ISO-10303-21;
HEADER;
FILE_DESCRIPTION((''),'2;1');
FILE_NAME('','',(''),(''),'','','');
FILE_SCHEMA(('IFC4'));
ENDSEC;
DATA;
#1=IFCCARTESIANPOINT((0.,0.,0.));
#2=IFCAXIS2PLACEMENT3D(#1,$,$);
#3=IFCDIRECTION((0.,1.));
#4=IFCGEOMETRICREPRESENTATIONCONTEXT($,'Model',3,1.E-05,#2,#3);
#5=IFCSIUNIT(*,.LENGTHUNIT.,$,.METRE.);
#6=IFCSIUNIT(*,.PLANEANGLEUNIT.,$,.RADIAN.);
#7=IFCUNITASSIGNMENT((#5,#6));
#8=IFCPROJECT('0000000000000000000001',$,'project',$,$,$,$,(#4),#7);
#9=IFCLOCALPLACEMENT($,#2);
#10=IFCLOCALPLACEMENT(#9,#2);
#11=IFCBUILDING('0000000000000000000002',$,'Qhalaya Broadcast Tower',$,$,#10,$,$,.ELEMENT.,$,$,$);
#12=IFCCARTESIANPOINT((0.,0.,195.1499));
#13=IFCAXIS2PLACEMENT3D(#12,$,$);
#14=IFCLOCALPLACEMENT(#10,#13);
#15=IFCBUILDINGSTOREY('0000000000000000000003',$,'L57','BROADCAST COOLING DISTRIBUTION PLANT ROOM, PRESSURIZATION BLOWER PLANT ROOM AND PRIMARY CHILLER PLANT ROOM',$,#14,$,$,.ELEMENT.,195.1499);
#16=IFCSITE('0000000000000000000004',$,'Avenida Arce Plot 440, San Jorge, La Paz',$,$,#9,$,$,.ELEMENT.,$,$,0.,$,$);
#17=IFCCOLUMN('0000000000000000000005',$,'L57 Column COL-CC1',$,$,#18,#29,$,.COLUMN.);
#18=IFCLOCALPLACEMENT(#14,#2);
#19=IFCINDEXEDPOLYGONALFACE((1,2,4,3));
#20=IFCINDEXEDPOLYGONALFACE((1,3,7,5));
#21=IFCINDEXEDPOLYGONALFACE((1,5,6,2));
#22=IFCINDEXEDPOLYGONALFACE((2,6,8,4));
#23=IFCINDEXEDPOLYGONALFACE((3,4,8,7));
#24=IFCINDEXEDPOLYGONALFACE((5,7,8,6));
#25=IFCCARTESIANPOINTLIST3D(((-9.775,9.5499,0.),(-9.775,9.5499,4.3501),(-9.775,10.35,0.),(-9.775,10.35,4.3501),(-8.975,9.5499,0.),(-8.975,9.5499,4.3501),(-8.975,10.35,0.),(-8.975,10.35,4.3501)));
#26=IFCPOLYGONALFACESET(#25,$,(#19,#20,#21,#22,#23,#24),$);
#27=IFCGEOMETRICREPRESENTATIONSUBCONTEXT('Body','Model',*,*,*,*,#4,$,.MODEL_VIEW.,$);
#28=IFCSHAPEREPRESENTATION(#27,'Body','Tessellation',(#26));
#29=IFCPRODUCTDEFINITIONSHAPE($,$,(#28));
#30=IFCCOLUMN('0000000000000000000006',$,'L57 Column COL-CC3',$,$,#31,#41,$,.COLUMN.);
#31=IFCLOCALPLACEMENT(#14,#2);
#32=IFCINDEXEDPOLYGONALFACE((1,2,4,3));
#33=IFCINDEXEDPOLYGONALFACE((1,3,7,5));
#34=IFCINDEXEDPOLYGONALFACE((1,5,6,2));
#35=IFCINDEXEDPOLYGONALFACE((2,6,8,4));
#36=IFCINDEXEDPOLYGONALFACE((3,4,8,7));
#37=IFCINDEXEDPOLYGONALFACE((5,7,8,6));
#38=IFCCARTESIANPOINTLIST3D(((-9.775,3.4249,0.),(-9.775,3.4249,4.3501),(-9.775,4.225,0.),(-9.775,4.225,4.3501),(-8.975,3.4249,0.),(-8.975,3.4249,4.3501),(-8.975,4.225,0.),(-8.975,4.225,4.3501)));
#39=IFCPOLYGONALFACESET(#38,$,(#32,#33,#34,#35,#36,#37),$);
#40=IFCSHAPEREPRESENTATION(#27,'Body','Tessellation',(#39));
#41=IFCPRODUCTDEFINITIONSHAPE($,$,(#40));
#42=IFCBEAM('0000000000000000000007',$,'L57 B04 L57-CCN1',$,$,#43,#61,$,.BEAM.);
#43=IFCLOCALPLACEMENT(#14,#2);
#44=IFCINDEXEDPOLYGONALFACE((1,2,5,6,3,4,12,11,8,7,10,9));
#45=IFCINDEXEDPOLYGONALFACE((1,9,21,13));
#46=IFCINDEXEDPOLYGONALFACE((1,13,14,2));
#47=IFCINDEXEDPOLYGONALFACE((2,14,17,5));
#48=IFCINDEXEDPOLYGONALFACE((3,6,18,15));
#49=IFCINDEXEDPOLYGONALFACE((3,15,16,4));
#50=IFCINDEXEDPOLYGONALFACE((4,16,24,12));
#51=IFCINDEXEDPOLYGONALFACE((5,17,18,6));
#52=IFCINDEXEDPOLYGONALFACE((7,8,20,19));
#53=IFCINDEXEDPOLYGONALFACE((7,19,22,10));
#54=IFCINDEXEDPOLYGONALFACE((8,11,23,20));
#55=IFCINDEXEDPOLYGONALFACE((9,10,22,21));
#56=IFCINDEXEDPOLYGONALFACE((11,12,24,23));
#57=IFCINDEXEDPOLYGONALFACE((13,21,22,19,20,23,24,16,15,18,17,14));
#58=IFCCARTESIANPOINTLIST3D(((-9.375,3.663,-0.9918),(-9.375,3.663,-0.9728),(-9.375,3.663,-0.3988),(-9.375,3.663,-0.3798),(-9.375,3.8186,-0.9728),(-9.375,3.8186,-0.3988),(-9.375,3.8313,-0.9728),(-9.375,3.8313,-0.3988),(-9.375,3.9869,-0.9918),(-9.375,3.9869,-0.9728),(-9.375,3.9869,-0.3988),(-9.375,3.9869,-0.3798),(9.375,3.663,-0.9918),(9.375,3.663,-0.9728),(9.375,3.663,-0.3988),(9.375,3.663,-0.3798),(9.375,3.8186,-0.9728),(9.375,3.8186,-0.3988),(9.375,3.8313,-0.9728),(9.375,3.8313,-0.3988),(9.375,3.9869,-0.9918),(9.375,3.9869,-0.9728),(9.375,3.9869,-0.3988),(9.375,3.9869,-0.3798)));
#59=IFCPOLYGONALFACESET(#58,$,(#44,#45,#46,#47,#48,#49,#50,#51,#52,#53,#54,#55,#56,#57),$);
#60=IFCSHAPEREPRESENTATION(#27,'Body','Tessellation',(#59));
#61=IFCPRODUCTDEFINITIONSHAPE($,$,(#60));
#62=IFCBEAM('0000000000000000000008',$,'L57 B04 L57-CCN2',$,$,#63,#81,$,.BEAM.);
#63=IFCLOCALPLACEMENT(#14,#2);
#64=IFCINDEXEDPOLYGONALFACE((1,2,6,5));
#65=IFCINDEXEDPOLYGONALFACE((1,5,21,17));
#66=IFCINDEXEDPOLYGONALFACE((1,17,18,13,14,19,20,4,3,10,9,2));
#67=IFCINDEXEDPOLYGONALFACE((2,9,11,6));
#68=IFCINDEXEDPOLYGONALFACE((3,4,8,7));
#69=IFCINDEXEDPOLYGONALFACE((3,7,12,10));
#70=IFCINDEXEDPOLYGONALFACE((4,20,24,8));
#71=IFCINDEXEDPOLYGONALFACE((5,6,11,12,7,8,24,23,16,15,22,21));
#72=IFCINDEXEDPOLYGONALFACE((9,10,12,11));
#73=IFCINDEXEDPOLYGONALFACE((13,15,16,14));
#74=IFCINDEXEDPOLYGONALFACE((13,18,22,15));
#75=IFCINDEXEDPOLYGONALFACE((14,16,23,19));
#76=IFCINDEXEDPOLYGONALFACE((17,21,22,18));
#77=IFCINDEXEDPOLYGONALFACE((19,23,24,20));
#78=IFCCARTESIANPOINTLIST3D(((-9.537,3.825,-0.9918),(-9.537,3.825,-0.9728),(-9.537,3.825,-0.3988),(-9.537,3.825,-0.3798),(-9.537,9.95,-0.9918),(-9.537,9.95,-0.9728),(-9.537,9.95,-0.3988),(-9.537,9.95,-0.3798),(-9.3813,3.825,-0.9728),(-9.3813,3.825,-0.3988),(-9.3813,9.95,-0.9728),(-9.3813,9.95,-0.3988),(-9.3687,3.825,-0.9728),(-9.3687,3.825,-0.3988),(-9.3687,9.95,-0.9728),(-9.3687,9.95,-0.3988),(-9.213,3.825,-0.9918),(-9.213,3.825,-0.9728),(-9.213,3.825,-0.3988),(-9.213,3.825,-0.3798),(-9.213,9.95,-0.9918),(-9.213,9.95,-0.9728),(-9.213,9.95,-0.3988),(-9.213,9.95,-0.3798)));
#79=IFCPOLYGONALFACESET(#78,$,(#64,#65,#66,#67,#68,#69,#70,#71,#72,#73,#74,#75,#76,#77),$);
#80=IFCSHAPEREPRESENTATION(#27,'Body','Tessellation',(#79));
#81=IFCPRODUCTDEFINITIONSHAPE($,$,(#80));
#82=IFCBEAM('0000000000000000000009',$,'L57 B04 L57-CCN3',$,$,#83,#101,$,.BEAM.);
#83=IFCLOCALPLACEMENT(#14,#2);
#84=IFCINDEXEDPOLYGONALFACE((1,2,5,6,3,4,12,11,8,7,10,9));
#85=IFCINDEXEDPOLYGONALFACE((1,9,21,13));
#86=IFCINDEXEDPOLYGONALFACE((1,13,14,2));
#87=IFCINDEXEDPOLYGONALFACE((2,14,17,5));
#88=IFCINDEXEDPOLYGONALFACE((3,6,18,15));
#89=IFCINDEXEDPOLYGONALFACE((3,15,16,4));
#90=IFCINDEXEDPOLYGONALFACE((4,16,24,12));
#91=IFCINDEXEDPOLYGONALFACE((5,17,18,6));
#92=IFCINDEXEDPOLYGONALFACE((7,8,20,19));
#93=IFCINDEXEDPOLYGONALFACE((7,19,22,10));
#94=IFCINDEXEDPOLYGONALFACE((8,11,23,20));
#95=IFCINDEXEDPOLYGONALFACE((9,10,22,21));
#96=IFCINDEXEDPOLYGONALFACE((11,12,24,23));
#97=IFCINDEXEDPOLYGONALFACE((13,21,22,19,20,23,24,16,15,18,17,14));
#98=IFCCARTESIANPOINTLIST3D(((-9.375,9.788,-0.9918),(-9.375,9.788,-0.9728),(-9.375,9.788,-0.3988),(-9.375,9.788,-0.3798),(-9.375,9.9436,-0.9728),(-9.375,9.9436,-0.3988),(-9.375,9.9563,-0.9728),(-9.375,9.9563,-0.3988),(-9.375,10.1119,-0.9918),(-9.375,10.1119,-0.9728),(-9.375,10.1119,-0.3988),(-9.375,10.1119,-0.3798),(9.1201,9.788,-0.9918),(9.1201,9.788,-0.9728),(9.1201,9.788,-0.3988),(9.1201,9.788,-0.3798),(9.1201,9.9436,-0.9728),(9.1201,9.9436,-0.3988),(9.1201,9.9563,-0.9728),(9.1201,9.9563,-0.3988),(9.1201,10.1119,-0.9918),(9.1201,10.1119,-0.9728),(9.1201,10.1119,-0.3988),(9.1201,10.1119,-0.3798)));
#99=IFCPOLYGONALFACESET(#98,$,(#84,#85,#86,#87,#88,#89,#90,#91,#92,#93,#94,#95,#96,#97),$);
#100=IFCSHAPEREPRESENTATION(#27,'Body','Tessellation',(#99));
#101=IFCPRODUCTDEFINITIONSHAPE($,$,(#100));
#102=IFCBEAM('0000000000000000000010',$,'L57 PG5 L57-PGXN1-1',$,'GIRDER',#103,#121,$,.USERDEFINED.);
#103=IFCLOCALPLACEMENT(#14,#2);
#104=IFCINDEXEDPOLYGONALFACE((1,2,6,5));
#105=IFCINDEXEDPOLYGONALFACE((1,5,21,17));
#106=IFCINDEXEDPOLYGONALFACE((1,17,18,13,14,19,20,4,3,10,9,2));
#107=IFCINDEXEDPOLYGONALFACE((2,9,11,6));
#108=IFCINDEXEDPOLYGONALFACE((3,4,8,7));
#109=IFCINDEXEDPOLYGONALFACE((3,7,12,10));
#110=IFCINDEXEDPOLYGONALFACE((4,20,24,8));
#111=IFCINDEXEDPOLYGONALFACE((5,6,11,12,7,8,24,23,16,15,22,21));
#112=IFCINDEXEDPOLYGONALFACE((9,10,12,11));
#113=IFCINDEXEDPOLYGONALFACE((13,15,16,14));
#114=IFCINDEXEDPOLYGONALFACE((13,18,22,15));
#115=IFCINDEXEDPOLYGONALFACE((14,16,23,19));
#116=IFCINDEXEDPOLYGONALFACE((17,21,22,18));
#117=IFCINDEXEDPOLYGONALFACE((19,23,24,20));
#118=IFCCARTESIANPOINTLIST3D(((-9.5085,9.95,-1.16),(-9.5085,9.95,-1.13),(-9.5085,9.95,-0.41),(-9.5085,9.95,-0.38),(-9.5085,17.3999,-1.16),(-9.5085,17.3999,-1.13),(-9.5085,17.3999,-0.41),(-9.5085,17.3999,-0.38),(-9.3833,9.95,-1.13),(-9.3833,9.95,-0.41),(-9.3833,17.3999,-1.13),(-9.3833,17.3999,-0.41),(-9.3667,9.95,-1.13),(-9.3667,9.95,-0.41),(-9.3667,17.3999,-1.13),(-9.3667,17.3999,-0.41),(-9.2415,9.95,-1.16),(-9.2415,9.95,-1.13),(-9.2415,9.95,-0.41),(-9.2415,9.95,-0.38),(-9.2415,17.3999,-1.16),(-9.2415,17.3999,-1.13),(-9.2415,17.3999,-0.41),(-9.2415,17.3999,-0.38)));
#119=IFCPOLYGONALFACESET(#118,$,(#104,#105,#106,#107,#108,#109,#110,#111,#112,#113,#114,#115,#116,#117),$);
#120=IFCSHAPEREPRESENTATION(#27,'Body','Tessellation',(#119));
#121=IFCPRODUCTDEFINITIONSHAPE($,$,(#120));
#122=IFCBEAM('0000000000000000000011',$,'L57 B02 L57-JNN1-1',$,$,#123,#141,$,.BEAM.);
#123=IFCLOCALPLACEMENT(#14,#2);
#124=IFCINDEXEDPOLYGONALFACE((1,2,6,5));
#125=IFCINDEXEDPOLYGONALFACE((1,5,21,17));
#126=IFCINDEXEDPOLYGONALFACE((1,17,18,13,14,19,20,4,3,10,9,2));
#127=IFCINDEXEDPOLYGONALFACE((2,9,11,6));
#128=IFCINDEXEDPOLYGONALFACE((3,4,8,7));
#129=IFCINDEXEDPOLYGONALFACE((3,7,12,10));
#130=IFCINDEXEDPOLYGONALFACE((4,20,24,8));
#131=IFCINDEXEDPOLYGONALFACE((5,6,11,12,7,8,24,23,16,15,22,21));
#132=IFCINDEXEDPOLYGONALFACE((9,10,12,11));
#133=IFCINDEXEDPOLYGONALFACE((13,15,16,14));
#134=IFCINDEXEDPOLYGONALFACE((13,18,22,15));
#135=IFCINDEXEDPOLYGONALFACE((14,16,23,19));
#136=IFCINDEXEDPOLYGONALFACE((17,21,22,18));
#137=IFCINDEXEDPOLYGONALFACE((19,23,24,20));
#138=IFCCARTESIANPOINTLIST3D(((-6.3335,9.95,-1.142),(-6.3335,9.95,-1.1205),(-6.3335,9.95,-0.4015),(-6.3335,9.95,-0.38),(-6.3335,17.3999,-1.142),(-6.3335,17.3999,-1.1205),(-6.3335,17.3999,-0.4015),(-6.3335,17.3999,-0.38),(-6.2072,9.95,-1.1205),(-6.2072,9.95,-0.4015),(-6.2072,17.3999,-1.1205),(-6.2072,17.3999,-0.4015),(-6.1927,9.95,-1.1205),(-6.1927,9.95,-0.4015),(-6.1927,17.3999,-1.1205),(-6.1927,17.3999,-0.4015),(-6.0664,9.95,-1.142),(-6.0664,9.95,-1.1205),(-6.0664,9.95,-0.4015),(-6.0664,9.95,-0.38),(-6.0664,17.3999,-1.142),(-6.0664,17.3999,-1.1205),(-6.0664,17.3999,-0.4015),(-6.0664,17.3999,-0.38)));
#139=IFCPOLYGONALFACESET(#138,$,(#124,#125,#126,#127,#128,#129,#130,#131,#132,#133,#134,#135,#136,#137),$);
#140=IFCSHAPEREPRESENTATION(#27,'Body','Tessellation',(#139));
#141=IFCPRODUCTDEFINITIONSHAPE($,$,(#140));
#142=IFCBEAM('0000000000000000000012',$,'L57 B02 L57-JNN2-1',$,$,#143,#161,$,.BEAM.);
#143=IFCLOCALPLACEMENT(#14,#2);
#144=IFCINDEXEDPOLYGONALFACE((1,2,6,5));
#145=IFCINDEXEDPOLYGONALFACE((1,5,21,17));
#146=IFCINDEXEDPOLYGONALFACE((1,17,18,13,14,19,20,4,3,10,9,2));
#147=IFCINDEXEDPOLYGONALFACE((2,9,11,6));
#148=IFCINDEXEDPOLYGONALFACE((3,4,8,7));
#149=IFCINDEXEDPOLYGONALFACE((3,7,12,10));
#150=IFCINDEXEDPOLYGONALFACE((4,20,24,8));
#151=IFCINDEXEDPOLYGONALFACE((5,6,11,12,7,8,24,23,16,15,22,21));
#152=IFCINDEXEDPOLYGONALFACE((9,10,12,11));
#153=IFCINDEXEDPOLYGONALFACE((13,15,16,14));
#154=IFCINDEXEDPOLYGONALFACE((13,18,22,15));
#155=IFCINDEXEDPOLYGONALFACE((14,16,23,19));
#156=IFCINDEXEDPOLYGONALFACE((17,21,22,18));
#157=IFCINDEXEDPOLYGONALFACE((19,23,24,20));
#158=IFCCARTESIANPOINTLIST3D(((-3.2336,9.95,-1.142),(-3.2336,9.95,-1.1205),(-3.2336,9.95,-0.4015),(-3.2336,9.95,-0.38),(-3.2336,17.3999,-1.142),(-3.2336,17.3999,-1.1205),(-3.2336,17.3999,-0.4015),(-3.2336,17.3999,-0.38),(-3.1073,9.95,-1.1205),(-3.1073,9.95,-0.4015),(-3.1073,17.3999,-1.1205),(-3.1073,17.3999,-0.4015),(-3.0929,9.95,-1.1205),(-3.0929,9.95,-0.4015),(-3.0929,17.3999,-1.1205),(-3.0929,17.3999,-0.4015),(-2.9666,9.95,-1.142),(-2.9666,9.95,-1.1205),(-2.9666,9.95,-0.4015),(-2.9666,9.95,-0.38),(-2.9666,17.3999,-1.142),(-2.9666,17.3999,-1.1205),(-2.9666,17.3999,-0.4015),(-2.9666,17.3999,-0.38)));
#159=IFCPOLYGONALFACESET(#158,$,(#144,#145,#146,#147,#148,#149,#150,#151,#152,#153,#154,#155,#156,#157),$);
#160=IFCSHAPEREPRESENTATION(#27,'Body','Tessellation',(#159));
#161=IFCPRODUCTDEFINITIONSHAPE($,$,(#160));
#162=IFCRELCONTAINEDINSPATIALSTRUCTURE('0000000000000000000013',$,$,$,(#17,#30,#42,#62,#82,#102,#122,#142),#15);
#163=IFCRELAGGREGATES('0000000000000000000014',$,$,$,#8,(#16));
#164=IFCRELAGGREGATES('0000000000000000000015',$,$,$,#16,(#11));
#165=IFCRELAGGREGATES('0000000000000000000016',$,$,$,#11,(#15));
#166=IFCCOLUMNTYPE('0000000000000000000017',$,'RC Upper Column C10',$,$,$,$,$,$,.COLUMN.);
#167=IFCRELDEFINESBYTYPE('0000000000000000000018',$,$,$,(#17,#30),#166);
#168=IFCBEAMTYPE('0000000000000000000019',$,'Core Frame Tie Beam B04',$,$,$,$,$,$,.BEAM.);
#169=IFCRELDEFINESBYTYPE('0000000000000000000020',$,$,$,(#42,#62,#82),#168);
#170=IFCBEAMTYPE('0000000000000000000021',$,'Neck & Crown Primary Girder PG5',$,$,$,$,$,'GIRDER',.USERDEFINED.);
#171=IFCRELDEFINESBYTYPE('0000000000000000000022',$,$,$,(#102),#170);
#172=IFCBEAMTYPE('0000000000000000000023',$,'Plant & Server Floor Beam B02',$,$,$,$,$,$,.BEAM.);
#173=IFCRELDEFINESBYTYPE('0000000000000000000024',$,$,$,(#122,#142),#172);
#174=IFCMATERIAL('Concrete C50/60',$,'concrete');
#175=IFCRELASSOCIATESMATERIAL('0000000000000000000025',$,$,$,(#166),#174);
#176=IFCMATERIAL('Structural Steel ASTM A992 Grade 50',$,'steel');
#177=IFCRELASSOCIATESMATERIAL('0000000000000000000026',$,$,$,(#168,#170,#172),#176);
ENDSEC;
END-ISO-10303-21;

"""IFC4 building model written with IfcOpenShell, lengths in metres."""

from ifc_helpers import new_model, si_unit, direction, frame, origin, origin_2d, place, context, subcontext, project, spatial, rectangle, i_section, extrude, material, material_profile, profile_set, type_object, element, save


model = new_model("IFC4")

# Units and contexts
model_context = context("Model", 3, precision=1e-05, world=origin(), true_north=direction((0.0, 1.0)))
body_context = subcontext(model_context, "Body", "Model", "MODEL_VIEW")
ifc_project = project(units=[si_unit("LENGTHUNIT", "METRE"), si_unit("PLANEANGLEUNIT", "RADIAN")], contexts=[model_context])

# Site, building, storey
site_placement = place(None, origin())
site = spatial("IfcSite", under=ifc_project, at=site_placement, Name="Avenida Arce Plot 440, San Jorge, La Paz", CompositionType="ELEMENT", RefElevation=0.0)
building_placement = place(site_placement, origin())
building = spatial("IfcBuilding", under=site, at=building_placement, Name="Qhalaya Broadcast Tower", CompositionType="ELEMENT")
storey_placement = place(building_placement, frame((0.0, 0.0, 195.1499)))
storey = spatial("IfcBuildingStorey", under=building, at=storey_placement, Name="L57", Description="BROADCAST COOLING DISTRIBUTION PLANT ROOM, PRESSURIZATION BLOWER PLANT ROOM AND PRIMARY CHILLER PLANT ROOM", CompositionType="ELEMENT", Elevation=195.1499)

# Columns
ifc_material_1 = material(Name="Concrete C50/60", Category="concrete")
ifc_material_profile_1 = material_profile(ifc_material_1, rectangle(XDim=0.8, YDim=0.8, at=origin_2d()), Name="RC-COL 800x800")
ifc_profile_set_1 = profile_set([ifc_material_profile_1], Name="Concrete C50/60")
column_type = type_object("IfcColumnType", Name="RC Upper Column C10", PredefinedType="COLUMN", material=ifc_profile_set_1)
for number, where, z_axis, x_axis, name in (
    (1, (-9.375, 9.95, 0.0), (0.0, 0.0, 1.0), (1.0, 0.0, 0.0), "L57 Column COL-CC1"),
    (2, (-9.375, 3.825, 0.0), (0.0, 0.0, 1.0), (1.0, 0.0, 0.0), "L57 Column COL-CC3"),
):
    element("IfcColumn", number, at=place(storey_placement, frame(where, z_axis=z_axis, x_axis=x_axis)), inside=storey, type_object=column_type, Name=name, PredefinedType="COLUMN", context=body_context, shape_type="SweptSolid", body=[
        extrude(rectangle(XDim=0.8, YDim=0.8, at=origin_2d()), origin(), (0.0, 0.0, 1.0), 4.3501),
    ])

# Beams
ifc_material_2 = material(Name="Structural Steel ASTM A992 Grade 50", Category="steel")
ifc_material_profile_2 = material_profile(ifc_material_2, i_section(OverallWidth=0.324, OverallDepth=0.6121, WebThickness=0.0127, FlangeThickness=0.019, at=origin_2d()), Name="W24X104")
ifc_profile_set_2 = profile_set([ifc_material_profile_2], Name="Structural Steel ASTM A992 Grade 50")
beam_type_1 = type_object("IfcBeamType", Name="Core Frame Tie Beam B04", PredefinedType="BEAM", material=ifc_profile_set_2)
beam_1_placement = place(storey_placement, frame((-9.375, 3.825, -0.6858), z_axis=(1.0, 0.0, 0.0), x_axis=(0.0, 1.0, 0.0)))
element("IfcBeam", 3, at=beam_1_placement, inside=storey, type_object=beam_type_1, Name="L57 B04 L57-CCN1", PredefinedType="BEAM", context=body_context, shape_type="SweptSolid", body=[
    extrude(i_section(OverallWidth=0.324, OverallDepth=0.6121, WebThickness=0.0127, FlangeThickness=0.019, at=origin_2d()), origin(), (0.0, 0.0, 1.0), 18.75),
])
beam_2_placement = place(storey_placement, frame((-9.375, 3.825, -0.6858), z_axis=(0.0, 1.0, 0.0), x_axis=(-1.0, 0.0, 0.0)))
element("IfcBeam", 4, at=beam_2_placement, inside=storey, type_object=beam_type_1, Name="L57 B04 L57-CCN2", PredefinedType="BEAM", context=body_context, shape_type="SweptSolid", body=[
    extrude(i_section(OverallWidth=0.324, OverallDepth=0.6121, WebThickness=0.0127, FlangeThickness=0.019, at=origin_2d()), origin(), (0.0, 0.0, 1.0), 6.125),
])
beam_3_placement = place(storey_placement, frame((-9.375, 9.95, -0.6858), z_axis=(1.0, 0.0, 0.0), x_axis=(0.0, 1.0, 0.0)))
element("IfcBeam", 5, at=beam_3_placement, inside=storey, type_object=beam_type_1, Name="L57 B04 L57-CCN3", PredefinedType="BEAM", context=body_context, shape_type="SweptSolid", body=[
    extrude(i_section(OverallWidth=0.324, OverallDepth=0.6121, WebThickness=0.0127, FlangeThickness=0.019, at=origin_2d()), origin(), (0.0, 0.0, 1.0), 18.4951),
])
ifc_material_profile_3 = material_profile(ifc_material_2, i_section(OverallWidth=0.2671, OverallDepth=0.78, WebThickness=0.0166, FlangeThickness=0.03, at=origin_2d()), Name="W30X148")
ifc_profile_set_3 = profile_set([ifc_material_profile_3], Name="Structural Steel ASTM A992 Grade 50")
beam_type_2 = type_object("IfcBeamType", Name="Neck & Crown Primary Girder PG5", ElementType="GIRDER", PredefinedType="USERDEFINED", material=ifc_profile_set_3)
beam_4_placement = place(storey_placement, frame((-9.375, 9.95, -0.77), z_axis=(0.0, 1.0, 0.0), x_axis=(-1.0, 0.0, 0.0)))
element("IfcBeam", 6, at=beam_4_placement, inside=storey, type_object=beam_type_2, Name="L57 PG5 L57-PGXN1-1", ObjectType="GIRDER", PredefinedType="USERDEFINED", context=body_context, shape_type="SweptSolid", body=[
    extrude(i_section(OverallWidth=0.2671, OverallDepth=0.78, WebThickness=0.0166, FlangeThickness=0.03, at=origin_2d()), origin(), (0.0, 0.0, 1.0), 7.45),
])
ifc_material_profile_4 = material_profile(ifc_material_2, i_section(OverallWidth=0.2671, OverallDepth=0.762, WebThickness=0.0144, FlangeThickness=0.0215, at=origin_2d()), Name="W30X116")
ifc_profile_set_4 = profile_set([ifc_material_profile_4], Name="Structural Steel ASTM A992 Grade 50")
beam_type_3 = type_object("IfcBeamType", Name="Plant & Server Floor Beam B02", PredefinedType="BEAM", material=ifc_profile_set_4)
for number, where, z_axis, x_axis, name in (
    (7, (-6.2, 9.95, -0.761), (0.0, 1.0, 0.0), (-1.0, 0.0, 0.0), "L57 B02 L57-JNN1-1"),
    (8, (-3.1001, 9.95, -0.761), (0.0, 1.0, 0.0), (-1.0, 0.0, 0.0), "L57 B02 L57-JNN2-1"),
):
    element("IfcBeam", number, at=place(storey_placement, frame(where, z_axis=z_axis, x_axis=x_axis)), inside=storey, type_object=beam_type_3, Name=name, PredefinedType="BEAM", context=body_context, shape_type="SweptSolid", body=[
        extrude(i_section(OverallWidth=0.2671, OverallDepth=0.762, WebThickness=0.0144, FlangeThickness=0.0215, at=origin_2d()), origin(), (0.0, 0.0, 1.0), 7.45),
    ])

save(model, "model.ifc")
